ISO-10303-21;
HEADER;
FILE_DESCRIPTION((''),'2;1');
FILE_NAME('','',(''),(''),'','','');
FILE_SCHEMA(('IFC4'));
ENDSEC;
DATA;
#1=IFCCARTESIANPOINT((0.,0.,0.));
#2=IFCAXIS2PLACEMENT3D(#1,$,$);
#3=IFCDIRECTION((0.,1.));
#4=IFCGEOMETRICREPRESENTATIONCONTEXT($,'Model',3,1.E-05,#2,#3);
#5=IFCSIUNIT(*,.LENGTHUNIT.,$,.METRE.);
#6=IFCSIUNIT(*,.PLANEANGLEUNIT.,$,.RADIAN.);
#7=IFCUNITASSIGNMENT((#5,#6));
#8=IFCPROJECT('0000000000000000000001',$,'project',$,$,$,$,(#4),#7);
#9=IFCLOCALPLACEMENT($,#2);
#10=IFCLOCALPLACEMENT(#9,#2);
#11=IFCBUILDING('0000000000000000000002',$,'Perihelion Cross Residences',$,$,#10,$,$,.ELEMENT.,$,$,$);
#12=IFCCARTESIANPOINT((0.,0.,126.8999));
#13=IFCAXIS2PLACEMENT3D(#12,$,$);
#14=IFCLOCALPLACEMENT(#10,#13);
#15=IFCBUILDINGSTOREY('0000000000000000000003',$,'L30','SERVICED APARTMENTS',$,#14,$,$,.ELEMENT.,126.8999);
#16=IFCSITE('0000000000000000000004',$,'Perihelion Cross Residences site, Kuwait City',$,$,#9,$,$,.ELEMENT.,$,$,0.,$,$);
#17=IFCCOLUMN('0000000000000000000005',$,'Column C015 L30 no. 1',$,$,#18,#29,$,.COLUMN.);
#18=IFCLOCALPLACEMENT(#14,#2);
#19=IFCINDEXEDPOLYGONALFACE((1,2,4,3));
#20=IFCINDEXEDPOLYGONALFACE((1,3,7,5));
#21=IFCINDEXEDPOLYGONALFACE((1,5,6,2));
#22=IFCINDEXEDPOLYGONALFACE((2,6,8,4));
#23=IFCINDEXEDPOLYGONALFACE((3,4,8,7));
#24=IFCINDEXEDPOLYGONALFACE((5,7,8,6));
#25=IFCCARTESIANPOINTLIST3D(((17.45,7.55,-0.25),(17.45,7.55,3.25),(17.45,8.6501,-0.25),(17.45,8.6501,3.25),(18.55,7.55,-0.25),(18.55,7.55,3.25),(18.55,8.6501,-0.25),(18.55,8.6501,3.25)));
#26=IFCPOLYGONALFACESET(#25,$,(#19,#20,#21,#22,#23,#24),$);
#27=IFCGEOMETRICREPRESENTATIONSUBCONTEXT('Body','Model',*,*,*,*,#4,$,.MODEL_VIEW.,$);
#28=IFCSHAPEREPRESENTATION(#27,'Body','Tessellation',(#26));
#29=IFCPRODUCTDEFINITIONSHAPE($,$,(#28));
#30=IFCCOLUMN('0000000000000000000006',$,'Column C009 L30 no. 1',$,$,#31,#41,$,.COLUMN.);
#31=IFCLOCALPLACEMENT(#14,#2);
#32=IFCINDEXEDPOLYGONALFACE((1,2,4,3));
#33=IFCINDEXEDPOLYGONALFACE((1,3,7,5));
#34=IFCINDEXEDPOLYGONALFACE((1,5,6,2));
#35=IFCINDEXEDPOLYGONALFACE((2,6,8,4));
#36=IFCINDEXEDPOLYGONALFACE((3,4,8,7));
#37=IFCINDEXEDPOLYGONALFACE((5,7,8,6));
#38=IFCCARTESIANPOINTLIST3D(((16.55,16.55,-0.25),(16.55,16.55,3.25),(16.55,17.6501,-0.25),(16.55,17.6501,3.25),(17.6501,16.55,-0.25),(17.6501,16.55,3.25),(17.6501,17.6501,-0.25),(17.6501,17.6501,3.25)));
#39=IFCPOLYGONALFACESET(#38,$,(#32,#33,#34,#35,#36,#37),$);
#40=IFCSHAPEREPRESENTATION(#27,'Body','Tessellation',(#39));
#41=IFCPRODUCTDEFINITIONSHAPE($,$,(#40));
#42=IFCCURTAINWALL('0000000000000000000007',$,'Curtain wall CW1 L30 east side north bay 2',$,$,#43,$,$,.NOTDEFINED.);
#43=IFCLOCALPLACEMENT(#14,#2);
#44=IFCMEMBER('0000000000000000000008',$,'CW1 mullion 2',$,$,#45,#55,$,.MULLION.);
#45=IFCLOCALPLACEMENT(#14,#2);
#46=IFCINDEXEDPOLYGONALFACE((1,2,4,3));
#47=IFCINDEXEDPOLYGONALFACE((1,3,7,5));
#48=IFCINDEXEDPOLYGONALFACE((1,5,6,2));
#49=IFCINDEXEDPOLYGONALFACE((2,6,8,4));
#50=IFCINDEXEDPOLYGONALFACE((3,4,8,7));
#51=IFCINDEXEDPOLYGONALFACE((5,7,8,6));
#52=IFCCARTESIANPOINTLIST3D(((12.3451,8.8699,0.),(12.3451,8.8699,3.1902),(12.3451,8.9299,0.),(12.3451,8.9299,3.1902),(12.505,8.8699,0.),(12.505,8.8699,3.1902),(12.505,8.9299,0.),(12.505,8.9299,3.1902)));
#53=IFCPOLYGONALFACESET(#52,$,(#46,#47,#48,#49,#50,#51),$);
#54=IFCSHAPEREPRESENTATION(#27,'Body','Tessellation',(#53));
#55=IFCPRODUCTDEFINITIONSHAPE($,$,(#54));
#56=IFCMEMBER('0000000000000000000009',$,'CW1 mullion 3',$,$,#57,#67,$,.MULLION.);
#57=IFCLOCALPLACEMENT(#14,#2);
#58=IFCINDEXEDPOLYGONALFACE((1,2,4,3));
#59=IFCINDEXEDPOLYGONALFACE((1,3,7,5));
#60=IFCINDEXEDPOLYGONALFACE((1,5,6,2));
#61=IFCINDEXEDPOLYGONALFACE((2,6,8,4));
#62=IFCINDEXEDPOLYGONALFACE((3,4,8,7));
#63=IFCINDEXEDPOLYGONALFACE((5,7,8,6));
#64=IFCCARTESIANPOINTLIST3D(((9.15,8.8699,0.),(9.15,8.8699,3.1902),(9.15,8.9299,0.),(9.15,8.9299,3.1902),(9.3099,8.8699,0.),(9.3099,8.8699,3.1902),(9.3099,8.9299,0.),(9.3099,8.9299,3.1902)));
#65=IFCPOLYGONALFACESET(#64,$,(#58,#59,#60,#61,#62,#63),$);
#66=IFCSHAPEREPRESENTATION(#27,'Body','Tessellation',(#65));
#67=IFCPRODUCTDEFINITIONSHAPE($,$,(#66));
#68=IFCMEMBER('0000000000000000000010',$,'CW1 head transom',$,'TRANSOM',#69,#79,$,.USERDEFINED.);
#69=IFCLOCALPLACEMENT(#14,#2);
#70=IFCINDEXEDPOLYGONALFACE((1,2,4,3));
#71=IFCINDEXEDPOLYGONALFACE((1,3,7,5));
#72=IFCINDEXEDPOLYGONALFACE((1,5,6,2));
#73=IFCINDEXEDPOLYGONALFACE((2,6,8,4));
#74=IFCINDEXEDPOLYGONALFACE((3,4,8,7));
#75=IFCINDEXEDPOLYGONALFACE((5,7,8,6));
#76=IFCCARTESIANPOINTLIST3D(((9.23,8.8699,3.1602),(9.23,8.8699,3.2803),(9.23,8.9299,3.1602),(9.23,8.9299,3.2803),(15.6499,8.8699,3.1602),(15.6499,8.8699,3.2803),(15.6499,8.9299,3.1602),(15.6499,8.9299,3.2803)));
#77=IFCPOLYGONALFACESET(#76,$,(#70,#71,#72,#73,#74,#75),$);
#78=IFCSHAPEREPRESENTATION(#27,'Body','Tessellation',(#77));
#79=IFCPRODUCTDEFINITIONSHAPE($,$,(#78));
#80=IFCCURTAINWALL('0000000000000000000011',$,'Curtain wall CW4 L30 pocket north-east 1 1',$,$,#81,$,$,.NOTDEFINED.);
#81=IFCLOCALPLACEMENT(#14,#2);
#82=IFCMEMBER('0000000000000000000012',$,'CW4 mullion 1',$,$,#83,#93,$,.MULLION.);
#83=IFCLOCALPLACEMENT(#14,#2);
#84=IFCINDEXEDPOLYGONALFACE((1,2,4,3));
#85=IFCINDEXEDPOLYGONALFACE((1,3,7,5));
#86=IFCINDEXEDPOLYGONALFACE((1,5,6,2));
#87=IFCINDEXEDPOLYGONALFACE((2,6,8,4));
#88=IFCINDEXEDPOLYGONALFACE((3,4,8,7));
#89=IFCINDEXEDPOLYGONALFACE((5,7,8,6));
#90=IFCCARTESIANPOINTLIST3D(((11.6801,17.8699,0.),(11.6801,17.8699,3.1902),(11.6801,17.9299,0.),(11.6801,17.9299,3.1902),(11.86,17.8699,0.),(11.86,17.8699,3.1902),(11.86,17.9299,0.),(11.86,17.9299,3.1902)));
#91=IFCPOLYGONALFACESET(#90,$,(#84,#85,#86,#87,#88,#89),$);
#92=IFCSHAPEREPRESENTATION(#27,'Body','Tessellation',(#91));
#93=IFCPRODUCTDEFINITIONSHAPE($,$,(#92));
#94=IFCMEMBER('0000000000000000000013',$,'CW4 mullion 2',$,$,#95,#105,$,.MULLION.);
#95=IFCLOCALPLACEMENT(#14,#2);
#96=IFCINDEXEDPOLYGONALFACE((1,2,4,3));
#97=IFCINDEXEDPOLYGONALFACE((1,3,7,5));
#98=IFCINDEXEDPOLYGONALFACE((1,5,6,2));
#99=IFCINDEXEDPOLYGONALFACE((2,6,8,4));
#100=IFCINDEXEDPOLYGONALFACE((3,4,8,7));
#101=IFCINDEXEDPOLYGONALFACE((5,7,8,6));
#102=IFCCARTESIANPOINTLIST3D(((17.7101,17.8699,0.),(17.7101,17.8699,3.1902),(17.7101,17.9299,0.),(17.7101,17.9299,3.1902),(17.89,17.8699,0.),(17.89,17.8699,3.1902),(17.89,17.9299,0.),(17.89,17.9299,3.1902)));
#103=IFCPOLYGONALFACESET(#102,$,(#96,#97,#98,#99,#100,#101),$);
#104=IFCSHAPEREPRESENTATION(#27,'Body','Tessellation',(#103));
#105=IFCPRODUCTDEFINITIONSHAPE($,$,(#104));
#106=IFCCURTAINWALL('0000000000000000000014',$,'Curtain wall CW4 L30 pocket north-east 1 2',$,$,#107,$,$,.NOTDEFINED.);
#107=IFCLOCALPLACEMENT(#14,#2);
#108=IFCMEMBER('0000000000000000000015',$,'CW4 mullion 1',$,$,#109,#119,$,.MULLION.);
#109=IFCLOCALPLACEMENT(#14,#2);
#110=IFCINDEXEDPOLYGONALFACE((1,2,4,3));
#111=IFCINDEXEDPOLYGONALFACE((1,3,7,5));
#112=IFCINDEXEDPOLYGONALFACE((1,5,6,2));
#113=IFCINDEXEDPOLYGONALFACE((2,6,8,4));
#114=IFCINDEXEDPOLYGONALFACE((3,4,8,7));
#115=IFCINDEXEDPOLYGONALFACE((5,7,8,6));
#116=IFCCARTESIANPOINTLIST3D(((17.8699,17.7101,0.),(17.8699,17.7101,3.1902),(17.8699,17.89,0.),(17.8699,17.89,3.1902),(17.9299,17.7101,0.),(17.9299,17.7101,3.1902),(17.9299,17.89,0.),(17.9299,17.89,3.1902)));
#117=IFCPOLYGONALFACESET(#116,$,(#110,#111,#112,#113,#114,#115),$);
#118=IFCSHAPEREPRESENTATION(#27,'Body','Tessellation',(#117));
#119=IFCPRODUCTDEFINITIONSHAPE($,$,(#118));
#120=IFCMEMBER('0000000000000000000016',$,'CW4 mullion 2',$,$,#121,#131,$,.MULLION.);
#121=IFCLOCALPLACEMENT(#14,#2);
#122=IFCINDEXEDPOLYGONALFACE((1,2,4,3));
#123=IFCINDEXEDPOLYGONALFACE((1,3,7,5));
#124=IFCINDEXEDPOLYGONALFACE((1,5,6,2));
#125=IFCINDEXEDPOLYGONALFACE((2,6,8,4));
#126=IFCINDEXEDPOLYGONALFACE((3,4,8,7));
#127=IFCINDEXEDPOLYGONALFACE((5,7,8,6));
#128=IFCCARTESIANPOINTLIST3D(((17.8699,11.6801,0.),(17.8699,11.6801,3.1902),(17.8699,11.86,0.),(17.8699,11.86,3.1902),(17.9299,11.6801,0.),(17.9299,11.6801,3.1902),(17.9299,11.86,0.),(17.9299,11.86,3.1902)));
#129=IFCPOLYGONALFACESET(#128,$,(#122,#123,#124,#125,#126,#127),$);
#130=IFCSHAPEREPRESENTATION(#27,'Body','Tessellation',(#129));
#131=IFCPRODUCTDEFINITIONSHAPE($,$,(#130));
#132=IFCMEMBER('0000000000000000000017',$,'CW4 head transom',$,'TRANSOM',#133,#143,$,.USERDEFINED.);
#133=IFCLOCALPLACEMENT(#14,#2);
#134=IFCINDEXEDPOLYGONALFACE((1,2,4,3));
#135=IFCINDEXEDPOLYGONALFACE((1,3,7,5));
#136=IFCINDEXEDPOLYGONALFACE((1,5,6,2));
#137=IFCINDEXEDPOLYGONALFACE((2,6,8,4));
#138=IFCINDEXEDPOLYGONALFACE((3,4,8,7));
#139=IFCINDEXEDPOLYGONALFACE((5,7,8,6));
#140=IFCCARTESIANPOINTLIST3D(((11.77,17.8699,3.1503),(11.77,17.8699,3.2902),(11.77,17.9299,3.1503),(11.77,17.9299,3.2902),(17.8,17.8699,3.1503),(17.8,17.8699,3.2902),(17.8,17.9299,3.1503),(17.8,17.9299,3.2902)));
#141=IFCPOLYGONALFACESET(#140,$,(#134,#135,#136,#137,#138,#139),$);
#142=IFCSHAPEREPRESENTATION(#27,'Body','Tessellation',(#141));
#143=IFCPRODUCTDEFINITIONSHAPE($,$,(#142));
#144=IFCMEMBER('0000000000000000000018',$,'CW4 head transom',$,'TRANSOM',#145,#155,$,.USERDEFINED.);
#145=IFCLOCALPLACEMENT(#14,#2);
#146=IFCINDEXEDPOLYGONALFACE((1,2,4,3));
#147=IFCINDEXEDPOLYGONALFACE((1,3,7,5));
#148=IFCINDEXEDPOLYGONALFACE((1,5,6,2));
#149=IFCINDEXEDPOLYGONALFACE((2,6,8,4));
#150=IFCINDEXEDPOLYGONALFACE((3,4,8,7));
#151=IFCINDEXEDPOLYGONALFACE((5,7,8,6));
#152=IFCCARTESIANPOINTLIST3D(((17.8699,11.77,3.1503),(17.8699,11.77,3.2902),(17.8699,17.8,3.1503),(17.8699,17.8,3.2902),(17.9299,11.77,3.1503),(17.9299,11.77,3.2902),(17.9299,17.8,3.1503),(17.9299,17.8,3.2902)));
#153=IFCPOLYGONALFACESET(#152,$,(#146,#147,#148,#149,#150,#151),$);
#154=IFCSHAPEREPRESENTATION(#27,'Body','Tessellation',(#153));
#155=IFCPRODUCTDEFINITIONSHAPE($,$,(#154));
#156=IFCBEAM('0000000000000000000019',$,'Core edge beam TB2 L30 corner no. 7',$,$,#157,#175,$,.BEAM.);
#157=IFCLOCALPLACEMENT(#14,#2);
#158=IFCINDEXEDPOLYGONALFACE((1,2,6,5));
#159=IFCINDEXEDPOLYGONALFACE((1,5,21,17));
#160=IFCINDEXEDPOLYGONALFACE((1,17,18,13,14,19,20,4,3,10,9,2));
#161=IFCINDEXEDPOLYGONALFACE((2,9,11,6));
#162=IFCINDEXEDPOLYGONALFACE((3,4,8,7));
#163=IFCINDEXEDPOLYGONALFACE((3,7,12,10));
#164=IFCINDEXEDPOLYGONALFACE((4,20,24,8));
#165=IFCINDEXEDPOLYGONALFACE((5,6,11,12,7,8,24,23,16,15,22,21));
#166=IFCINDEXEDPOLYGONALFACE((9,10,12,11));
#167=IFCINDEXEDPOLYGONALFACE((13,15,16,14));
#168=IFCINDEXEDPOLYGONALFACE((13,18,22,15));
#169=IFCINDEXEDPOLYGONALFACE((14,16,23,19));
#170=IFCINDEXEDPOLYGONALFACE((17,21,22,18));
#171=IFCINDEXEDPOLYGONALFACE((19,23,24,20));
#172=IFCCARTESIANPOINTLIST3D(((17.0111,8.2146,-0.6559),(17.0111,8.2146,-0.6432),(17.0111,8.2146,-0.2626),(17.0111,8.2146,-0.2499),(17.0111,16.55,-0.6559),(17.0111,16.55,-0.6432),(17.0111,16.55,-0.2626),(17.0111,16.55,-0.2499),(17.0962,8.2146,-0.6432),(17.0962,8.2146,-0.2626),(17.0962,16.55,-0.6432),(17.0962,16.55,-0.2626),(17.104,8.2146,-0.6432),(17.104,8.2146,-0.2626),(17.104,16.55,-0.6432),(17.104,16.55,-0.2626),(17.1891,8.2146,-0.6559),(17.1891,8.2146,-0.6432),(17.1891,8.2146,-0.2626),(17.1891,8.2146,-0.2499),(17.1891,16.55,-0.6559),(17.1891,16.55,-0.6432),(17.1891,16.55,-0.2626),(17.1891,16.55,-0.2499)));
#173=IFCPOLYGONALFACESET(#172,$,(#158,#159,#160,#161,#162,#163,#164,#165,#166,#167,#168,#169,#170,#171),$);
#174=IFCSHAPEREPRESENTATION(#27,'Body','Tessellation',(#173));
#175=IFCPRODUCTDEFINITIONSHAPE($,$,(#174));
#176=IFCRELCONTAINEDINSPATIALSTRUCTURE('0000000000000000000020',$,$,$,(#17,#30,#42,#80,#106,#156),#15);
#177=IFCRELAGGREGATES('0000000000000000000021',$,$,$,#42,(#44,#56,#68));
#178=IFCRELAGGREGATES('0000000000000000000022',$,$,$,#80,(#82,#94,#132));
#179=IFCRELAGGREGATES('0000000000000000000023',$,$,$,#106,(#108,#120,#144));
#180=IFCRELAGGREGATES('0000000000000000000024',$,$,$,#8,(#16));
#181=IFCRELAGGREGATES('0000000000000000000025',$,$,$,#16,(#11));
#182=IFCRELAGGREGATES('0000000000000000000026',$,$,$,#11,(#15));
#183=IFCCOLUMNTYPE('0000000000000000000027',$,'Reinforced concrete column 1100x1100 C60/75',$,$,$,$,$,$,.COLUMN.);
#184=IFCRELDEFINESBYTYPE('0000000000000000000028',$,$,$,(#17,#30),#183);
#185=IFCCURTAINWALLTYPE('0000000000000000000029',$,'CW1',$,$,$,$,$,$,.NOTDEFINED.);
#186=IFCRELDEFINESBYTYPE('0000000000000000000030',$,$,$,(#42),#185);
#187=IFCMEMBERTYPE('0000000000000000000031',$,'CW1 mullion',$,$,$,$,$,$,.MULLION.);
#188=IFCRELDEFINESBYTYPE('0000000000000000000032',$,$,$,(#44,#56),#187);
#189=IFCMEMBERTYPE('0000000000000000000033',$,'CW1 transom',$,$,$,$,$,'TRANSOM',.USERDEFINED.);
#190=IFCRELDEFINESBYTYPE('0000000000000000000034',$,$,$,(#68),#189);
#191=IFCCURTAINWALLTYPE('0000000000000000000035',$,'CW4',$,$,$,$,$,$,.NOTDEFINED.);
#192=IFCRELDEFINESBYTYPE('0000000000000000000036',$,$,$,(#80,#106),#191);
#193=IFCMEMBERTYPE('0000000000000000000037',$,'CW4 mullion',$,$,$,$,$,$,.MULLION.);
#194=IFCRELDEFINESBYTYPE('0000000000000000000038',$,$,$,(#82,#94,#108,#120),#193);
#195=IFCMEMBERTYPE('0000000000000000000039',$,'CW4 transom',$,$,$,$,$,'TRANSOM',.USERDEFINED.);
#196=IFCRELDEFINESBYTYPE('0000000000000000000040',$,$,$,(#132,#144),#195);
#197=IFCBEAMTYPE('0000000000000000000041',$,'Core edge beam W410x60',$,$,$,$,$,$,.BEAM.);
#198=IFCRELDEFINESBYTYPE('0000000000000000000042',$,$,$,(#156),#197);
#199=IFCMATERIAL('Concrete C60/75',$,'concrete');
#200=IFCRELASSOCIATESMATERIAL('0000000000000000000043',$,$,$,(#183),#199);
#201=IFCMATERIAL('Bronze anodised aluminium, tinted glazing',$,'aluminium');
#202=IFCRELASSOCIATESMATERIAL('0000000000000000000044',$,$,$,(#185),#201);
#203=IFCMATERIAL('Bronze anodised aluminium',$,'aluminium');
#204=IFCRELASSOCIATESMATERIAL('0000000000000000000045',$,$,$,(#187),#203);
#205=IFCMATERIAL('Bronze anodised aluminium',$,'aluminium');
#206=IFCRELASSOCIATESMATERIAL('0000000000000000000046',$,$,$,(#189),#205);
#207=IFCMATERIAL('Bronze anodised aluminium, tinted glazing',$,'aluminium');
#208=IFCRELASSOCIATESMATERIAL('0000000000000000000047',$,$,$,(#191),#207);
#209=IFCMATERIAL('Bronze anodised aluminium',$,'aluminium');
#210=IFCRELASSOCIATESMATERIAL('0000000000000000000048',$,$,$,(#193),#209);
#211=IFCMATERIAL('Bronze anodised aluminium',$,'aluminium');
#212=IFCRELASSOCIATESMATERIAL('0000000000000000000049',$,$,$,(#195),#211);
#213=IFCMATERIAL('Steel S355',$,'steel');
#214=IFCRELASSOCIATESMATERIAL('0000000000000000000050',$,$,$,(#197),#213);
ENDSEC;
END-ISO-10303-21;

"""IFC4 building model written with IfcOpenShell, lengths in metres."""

from ifc_helpers import new_model, si_unit, direction, frame, origin, origin_2d, place, context, subcontext, project, spatial, rectangle, i_section, extrude, material, material_profile, profile_set, type_object, element, aggregate, save


model = new_model("IFC4")

# Units and contexts
model_context = context("Model", 3, precision=1e-05, world=origin(), true_north=direction((0.0, 1.0)))
body_context = subcontext(model_context, "Body", "Model", "MODEL_VIEW")
ifc_project = project(units=[si_unit("LENGTHUNIT", "METRE"), si_unit("PLANEANGLEUNIT", "RADIAN")], contexts=[model_context])

# Site, building, storey
site_placement = place(None, origin())
site = spatial("IfcSite", under=ifc_project, at=site_placement, Name="Perihelion Cross Residences site, Kuwait City", CompositionType="ELEMENT", RefElevation=0.0)
building_placement = place(site_placement, origin())
building = spatial("IfcBuilding", under=site, at=building_placement, Name="Perihelion Cross Residences", CompositionType="ELEMENT")
storey_placement = place(building_placement, frame((0.0, 0.0, 126.8999)))
storey = spatial("IfcBuildingStorey", under=building, at=storey_placement, Name="L30", Description="SERVICED APARTMENTS", CompositionType="ELEMENT", Elevation=126.8999)

# Columns
ifc_material_1 = material(Name="Concrete C60/75", Category="concrete")
ifc_material_profile_1 = material_profile(ifc_material_1, rectangle(XDim=1.1001, YDim=1.1001, at=origin_2d()), Name="RC 1100x1100")
ifc_profile_set_1 = profile_set([ifc_material_profile_1], Name="Concrete C60/75")
column_type = type_object("IfcColumnType", Name="Reinforced concrete column 1100x1100 C60/75", PredefinedType="COLUMN", material=ifc_profile_set_1)
for number, where, z_axis, x_axis, name in (
    (1, (18.0, 8.1001, -0.25), (0.0, 0.0, 1.0), (1.0, 0.0, 0.0), "Column C015 L30 no. 1"),
    (2, (17.1001, 17.1001, -0.25), (0.0, 0.0, 1.0), (1.0, 0.0, 0.0), "Column C009 L30 no. 1"),
):
    element("IfcColumn", number, at=place(storey_placement, frame(where, z_axis=z_axis, x_axis=x_axis)), inside=storey, type_object=column_type, Name=name, PredefinedType="COLUMN", context=body_context, shape_type="SweptSolid", body=[
        extrude(rectangle(XDim=1.1001, YDim=1.1001, at=origin_2d()), origin(), (0.0, 0.0, 1.0), 3.5),
    ])

# Curtain walls, members
ifc_material_2 = material(Name="Bronze anodised aluminium, tinted glazing", Category="aluminium")
curtain_wall_type_1 = type_object("IfcCurtainWallType", Name="CW1", PredefinedType="NOTDEFINED", material=ifc_material_2)
curtain_wall_1_placement = place(storey_placement, origin())
curtain_wall_1 = element("IfcCurtainWall", 3, at=curtain_wall_1_placement, inside=storey, type_object=curtain_wall_type_1, Name="Curtain wall CW1 L30 east side north bay 2", PredefinedType="NOTDEFINED")
ifc_material_3 = material(Name="Bronze anodised aluminium", Category="aluminium")
ifc_material_profile_2 = material_profile(ifc_material_3, rectangle(XDim=0.0601, YDim=0.1599, at=origin_2d()), Name="CW1 mullion")
ifc_profile_set_2 = profile_set([ifc_material_profile_2], Name="Bronze anodised aluminium")
member_type_1 = type_object("IfcMemberType", Name="CW1 mullion", PredefinedType="MULLION", material=ifc_profile_set_2)
member_1_placement = place(storey_placement, frame((12.425, 8.8999, 0.0), z_axis=(0.0, 0.0, 1.0), x_axis=(0.0, -1.0, 0.0)))
member_1 = element("IfcMember", 4, at=member_1_placement, type_object=member_type_1, Name="CW1 mullion 2", PredefinedType="MULLION", context=body_context, shape_type="SweptSolid", body=[
    extrude(rectangle(XDim=0.0601, YDim=0.1599, at=origin_2d()), origin(), (0.0, 0.0, 1.0), 3.1902),
])
member_2_placement = place(storey_placement, frame((9.23, 8.8999, 0.0), z_axis=(0.0, 0.0, 1.0), x_axis=(0.0, -1.0, 0.0)))
member_2 = element("IfcMember", 5, at=member_2_placement, type_object=member_type_1, Name="CW1 mullion 3", PredefinedType="MULLION", context=body_context, shape_type="SweptSolid", body=[
    extrude(rectangle(XDim=0.0601, YDim=0.1599, at=origin_2d()), origin(), (0.0, 0.0, 1.0), 3.1902),
])
ifc_material_4 = material(Name="Bronze anodised aluminium", Category="aluminium")
ifc_material_profile_3 = material_profile(ifc_material_4, rectangle(XDim=0.0601, YDim=0.1201, at=origin_2d()), Name="CW1 transom")
ifc_profile_set_3 = profile_set([ifc_material_profile_3], Name="Bronze anodised aluminium")
member_type_2 = type_object("IfcMemberType", Name="CW1 transom", ElementType="TRANSOM", PredefinedType="USERDEFINED", material=ifc_profile_set_3)
member_3_placement = place(storey_placement, frame((15.6499, 8.8999, 3.2202), z_axis=(-1.0, 0.0, 0.0), x_axis=(0.0, -1.0, 0.0)))
member_3 = element("IfcMember", 6, at=member_3_placement, type_object=member_type_2, Name="CW1 head transom", ObjectType="TRANSOM", PredefinedType="USERDEFINED", context=body_context, shape_type="SweptSolid", body=[
    extrude(rectangle(XDim=0.0601, YDim=0.1201, at=origin_2d()), origin(), (0.0, 0.0, 1.0), 6.4199),
])
ifc_material_5 = material(Name="Bronze anodised aluminium, tinted glazing", Category="aluminium")
curtain_wall_type_2 = type_object("IfcCurtainWallType", Name="CW4", PredefinedType="NOTDEFINED", material=ifc_material_5)
curtain_wall_2_placement = place(storey_placement, origin())
curtain_wall_2 = element("IfcCurtainWall", 7, at=curtain_wall_2_placement, inside=storey, type_object=curtain_wall_type_2, Name="Curtain wall CW4 L30 pocket north-east 1 1", PredefinedType="NOTDEFINED")
ifc_material_6 = material(Name="Bronze anodised aluminium", Category="aluminium")
ifc_material_profile_4 = material_profile(ifc_material_6, rectangle(XDim=0.0601, YDim=0.1799, at=origin_2d()), Name="CW4 mullion")
ifc_profile_set_4 = profile_set([ifc_material_profile_4], Name="Bronze anodised aluminium")
member_type_3 = type_object("IfcMemberType", Name="CW4 mullion", PredefinedType="MULLION", material=ifc_profile_set_4)
member_4_placement = place(storey_placement, frame((11.77, 17.8999, 0.0), z_axis=(0.0, 0.0, 1.0), x_axis=(0.0, 1.0, 0.0)))
member_4 = element("IfcMember", 8, at=member_4_placement, type_object=member_type_3, Name="CW4 mullion 1", PredefinedType="MULLION", context=body_context, shape_type="SweptSolid", body=[
    extrude(rectangle(XDim=0.0601, YDim=0.1799, at=origin_2d()), origin(), (0.0, 0.0, 1.0), 3.1902),
])
member_5_placement = place(storey_placement, frame((17.8, 17.8999, 0.0), z_axis=(0.0, 0.0, 1.0), x_axis=(0.0, 1.0, 0.0)))
member_5 = element("IfcMember", 9, at=member_5_placement, type_object=member_type_3, Name="CW4 mullion 2", PredefinedType="MULLION", context=body_context, shape_type="SweptSolid", body=[
    extrude(rectangle(XDim=0.0601, YDim=0.1799, at=origin_2d()), origin(), (0.0, 0.0, 1.0), 3.1902),
])
curtain_wall_3_placement = place(storey_placement, origin())
curtain_wall_3 = element("IfcCurtainWall", 10, at=curtain_wall_3_placement, inside=storey, type_object=curtain_wall_type_2, Name="Curtain wall CW4 L30 pocket north-east 1 2", PredefinedType="NOTDEFINED")
member_6_placement = place(storey_placement, frame((17.8999, 17.8, 0.0), z_axis=(0.0, 0.0, 1.0), x_axis=(1.0, 0.0, 0.0)))
member_6 = element("IfcMember", 11, at=member_6_placement, type_object=member_type_3, Name="CW4 mullion 1", PredefinedType="MULLION", context=body_context, shape_type="SweptSolid", body=[
    extrude(rectangle(XDim=0.0601, YDim=0.1799, at=origin_2d()), origin(), (0.0, 0.0, 1.0), 3.1902),
])
member_7_placement = place(storey_placement, frame((17.8999, 11.77, 0.0), z_axis=(0.0, 0.0, 1.0), x_axis=(1.0, 0.0, 0.0)))
member_7 = element("IfcMember", 12, at=member_7_placement, type_object=member_type_3, Name="CW4 mullion 2", PredefinedType="MULLION", context=body_context, shape_type="SweptSolid", body=[
    extrude(rectangle(XDim=0.0601, YDim=0.1799, at=origin_2d()), origin(), (0.0, 0.0, 1.0), 3.1902),
])

# Members
ifc_material_7 = material(Name="Bronze anodised aluminium", Category="aluminium")
ifc_material_profile_5 = material_profile(ifc_material_7, rectangle(XDim=0.0601, YDim=0.1399, at=origin_2d()), Name="CW4 transom")
ifc_profile_set_5 = profile_set([ifc_material_profile_5], Name="Bronze anodised aluminium")
member_type_4 = type_object("IfcMemberType", Name="CW4 transom", ElementType="TRANSOM", PredefinedType="USERDEFINED", material=ifc_profile_set_5)
member_8_placement = place(storey_placement, frame((11.77, 17.8999, 3.2202), z_axis=(1.0, 0.0, 0.0), x_axis=(0.0, 1.0, 0.0)))
member_8 = element("IfcMember", 13, at=member_8_placement, type_object=member_type_4, Name="CW4 head transom", ObjectType="TRANSOM", PredefinedType="USERDEFINED", context=body_context, shape_type="SweptSolid", body=[
    extrude(rectangle(XDim=0.0601, YDim=0.1399, at=origin_2d()), origin(), (0.0, 0.0, 1.0), 6.03),
])
member_9_placement = place(storey_placement, frame((17.8999, 17.8, 3.2202), z_axis=(0.0, -1.0, 0.0), x_axis=(1.0, 0.0, 0.0)))
member_9 = element("IfcMember", 14, at=member_9_placement, type_object=member_type_4, Name="CW4 head transom", ObjectType="TRANSOM", PredefinedType="USERDEFINED", context=body_context, shape_type="SweptSolid", body=[
    extrude(rectangle(XDim=0.0601, YDim=0.1399, at=origin_2d()), origin(), (0.0, 0.0, 1.0), 6.03),
])

# Beam
ifc_material_8 = material(Name="Steel S355", Category="steel")
ifc_material_profile_6 = material_profile(ifc_material_8, i_section(OverallWidth=0.178, OverallDepth=0.406, WebThickness=0.0078, FlangeThickness=0.0127, at=origin_2d()), Name="W410x60")
ifc_profile_set_6 = profile_set([ifc_material_profile_6], Name="Steel S355")
beam_type_1 = type_object("IfcBeamType", Name="Core edge beam W410x60", PredefinedType="BEAM", material=ifc_profile_set_6)
beam_1_placement = place(storey_placement, frame((17.1001, 8.2146, -0.4529), z_axis=(0.0, 1.0, 0.0), x_axis=(-1.0, 0.0, 0.0)))
element("IfcBeam", 15, at=beam_1_placement, inside=storey, type_object=beam_type_1, Name="Core edge beam TB2 L30 corner no. 7", PredefinedType="BEAM", context=body_context, shape_type="SweptSolid", body=[
    extrude(i_section(OverallWidth=0.178, OverallDepth=0.406, WebThickness=0.0078, FlangeThickness=0.0127, at=origin_2d()), origin(), (0.0, 0.0, 1.0), 8.3354),
])

aggregate(curtain_wall_1, [member_1, member_2, member_3])
aggregate(curtain_wall_2, [member_4, member_5, member_8])
aggregate(curtain_wall_3, [member_6, member_7, member_9])

save(model, "model.ifc")
